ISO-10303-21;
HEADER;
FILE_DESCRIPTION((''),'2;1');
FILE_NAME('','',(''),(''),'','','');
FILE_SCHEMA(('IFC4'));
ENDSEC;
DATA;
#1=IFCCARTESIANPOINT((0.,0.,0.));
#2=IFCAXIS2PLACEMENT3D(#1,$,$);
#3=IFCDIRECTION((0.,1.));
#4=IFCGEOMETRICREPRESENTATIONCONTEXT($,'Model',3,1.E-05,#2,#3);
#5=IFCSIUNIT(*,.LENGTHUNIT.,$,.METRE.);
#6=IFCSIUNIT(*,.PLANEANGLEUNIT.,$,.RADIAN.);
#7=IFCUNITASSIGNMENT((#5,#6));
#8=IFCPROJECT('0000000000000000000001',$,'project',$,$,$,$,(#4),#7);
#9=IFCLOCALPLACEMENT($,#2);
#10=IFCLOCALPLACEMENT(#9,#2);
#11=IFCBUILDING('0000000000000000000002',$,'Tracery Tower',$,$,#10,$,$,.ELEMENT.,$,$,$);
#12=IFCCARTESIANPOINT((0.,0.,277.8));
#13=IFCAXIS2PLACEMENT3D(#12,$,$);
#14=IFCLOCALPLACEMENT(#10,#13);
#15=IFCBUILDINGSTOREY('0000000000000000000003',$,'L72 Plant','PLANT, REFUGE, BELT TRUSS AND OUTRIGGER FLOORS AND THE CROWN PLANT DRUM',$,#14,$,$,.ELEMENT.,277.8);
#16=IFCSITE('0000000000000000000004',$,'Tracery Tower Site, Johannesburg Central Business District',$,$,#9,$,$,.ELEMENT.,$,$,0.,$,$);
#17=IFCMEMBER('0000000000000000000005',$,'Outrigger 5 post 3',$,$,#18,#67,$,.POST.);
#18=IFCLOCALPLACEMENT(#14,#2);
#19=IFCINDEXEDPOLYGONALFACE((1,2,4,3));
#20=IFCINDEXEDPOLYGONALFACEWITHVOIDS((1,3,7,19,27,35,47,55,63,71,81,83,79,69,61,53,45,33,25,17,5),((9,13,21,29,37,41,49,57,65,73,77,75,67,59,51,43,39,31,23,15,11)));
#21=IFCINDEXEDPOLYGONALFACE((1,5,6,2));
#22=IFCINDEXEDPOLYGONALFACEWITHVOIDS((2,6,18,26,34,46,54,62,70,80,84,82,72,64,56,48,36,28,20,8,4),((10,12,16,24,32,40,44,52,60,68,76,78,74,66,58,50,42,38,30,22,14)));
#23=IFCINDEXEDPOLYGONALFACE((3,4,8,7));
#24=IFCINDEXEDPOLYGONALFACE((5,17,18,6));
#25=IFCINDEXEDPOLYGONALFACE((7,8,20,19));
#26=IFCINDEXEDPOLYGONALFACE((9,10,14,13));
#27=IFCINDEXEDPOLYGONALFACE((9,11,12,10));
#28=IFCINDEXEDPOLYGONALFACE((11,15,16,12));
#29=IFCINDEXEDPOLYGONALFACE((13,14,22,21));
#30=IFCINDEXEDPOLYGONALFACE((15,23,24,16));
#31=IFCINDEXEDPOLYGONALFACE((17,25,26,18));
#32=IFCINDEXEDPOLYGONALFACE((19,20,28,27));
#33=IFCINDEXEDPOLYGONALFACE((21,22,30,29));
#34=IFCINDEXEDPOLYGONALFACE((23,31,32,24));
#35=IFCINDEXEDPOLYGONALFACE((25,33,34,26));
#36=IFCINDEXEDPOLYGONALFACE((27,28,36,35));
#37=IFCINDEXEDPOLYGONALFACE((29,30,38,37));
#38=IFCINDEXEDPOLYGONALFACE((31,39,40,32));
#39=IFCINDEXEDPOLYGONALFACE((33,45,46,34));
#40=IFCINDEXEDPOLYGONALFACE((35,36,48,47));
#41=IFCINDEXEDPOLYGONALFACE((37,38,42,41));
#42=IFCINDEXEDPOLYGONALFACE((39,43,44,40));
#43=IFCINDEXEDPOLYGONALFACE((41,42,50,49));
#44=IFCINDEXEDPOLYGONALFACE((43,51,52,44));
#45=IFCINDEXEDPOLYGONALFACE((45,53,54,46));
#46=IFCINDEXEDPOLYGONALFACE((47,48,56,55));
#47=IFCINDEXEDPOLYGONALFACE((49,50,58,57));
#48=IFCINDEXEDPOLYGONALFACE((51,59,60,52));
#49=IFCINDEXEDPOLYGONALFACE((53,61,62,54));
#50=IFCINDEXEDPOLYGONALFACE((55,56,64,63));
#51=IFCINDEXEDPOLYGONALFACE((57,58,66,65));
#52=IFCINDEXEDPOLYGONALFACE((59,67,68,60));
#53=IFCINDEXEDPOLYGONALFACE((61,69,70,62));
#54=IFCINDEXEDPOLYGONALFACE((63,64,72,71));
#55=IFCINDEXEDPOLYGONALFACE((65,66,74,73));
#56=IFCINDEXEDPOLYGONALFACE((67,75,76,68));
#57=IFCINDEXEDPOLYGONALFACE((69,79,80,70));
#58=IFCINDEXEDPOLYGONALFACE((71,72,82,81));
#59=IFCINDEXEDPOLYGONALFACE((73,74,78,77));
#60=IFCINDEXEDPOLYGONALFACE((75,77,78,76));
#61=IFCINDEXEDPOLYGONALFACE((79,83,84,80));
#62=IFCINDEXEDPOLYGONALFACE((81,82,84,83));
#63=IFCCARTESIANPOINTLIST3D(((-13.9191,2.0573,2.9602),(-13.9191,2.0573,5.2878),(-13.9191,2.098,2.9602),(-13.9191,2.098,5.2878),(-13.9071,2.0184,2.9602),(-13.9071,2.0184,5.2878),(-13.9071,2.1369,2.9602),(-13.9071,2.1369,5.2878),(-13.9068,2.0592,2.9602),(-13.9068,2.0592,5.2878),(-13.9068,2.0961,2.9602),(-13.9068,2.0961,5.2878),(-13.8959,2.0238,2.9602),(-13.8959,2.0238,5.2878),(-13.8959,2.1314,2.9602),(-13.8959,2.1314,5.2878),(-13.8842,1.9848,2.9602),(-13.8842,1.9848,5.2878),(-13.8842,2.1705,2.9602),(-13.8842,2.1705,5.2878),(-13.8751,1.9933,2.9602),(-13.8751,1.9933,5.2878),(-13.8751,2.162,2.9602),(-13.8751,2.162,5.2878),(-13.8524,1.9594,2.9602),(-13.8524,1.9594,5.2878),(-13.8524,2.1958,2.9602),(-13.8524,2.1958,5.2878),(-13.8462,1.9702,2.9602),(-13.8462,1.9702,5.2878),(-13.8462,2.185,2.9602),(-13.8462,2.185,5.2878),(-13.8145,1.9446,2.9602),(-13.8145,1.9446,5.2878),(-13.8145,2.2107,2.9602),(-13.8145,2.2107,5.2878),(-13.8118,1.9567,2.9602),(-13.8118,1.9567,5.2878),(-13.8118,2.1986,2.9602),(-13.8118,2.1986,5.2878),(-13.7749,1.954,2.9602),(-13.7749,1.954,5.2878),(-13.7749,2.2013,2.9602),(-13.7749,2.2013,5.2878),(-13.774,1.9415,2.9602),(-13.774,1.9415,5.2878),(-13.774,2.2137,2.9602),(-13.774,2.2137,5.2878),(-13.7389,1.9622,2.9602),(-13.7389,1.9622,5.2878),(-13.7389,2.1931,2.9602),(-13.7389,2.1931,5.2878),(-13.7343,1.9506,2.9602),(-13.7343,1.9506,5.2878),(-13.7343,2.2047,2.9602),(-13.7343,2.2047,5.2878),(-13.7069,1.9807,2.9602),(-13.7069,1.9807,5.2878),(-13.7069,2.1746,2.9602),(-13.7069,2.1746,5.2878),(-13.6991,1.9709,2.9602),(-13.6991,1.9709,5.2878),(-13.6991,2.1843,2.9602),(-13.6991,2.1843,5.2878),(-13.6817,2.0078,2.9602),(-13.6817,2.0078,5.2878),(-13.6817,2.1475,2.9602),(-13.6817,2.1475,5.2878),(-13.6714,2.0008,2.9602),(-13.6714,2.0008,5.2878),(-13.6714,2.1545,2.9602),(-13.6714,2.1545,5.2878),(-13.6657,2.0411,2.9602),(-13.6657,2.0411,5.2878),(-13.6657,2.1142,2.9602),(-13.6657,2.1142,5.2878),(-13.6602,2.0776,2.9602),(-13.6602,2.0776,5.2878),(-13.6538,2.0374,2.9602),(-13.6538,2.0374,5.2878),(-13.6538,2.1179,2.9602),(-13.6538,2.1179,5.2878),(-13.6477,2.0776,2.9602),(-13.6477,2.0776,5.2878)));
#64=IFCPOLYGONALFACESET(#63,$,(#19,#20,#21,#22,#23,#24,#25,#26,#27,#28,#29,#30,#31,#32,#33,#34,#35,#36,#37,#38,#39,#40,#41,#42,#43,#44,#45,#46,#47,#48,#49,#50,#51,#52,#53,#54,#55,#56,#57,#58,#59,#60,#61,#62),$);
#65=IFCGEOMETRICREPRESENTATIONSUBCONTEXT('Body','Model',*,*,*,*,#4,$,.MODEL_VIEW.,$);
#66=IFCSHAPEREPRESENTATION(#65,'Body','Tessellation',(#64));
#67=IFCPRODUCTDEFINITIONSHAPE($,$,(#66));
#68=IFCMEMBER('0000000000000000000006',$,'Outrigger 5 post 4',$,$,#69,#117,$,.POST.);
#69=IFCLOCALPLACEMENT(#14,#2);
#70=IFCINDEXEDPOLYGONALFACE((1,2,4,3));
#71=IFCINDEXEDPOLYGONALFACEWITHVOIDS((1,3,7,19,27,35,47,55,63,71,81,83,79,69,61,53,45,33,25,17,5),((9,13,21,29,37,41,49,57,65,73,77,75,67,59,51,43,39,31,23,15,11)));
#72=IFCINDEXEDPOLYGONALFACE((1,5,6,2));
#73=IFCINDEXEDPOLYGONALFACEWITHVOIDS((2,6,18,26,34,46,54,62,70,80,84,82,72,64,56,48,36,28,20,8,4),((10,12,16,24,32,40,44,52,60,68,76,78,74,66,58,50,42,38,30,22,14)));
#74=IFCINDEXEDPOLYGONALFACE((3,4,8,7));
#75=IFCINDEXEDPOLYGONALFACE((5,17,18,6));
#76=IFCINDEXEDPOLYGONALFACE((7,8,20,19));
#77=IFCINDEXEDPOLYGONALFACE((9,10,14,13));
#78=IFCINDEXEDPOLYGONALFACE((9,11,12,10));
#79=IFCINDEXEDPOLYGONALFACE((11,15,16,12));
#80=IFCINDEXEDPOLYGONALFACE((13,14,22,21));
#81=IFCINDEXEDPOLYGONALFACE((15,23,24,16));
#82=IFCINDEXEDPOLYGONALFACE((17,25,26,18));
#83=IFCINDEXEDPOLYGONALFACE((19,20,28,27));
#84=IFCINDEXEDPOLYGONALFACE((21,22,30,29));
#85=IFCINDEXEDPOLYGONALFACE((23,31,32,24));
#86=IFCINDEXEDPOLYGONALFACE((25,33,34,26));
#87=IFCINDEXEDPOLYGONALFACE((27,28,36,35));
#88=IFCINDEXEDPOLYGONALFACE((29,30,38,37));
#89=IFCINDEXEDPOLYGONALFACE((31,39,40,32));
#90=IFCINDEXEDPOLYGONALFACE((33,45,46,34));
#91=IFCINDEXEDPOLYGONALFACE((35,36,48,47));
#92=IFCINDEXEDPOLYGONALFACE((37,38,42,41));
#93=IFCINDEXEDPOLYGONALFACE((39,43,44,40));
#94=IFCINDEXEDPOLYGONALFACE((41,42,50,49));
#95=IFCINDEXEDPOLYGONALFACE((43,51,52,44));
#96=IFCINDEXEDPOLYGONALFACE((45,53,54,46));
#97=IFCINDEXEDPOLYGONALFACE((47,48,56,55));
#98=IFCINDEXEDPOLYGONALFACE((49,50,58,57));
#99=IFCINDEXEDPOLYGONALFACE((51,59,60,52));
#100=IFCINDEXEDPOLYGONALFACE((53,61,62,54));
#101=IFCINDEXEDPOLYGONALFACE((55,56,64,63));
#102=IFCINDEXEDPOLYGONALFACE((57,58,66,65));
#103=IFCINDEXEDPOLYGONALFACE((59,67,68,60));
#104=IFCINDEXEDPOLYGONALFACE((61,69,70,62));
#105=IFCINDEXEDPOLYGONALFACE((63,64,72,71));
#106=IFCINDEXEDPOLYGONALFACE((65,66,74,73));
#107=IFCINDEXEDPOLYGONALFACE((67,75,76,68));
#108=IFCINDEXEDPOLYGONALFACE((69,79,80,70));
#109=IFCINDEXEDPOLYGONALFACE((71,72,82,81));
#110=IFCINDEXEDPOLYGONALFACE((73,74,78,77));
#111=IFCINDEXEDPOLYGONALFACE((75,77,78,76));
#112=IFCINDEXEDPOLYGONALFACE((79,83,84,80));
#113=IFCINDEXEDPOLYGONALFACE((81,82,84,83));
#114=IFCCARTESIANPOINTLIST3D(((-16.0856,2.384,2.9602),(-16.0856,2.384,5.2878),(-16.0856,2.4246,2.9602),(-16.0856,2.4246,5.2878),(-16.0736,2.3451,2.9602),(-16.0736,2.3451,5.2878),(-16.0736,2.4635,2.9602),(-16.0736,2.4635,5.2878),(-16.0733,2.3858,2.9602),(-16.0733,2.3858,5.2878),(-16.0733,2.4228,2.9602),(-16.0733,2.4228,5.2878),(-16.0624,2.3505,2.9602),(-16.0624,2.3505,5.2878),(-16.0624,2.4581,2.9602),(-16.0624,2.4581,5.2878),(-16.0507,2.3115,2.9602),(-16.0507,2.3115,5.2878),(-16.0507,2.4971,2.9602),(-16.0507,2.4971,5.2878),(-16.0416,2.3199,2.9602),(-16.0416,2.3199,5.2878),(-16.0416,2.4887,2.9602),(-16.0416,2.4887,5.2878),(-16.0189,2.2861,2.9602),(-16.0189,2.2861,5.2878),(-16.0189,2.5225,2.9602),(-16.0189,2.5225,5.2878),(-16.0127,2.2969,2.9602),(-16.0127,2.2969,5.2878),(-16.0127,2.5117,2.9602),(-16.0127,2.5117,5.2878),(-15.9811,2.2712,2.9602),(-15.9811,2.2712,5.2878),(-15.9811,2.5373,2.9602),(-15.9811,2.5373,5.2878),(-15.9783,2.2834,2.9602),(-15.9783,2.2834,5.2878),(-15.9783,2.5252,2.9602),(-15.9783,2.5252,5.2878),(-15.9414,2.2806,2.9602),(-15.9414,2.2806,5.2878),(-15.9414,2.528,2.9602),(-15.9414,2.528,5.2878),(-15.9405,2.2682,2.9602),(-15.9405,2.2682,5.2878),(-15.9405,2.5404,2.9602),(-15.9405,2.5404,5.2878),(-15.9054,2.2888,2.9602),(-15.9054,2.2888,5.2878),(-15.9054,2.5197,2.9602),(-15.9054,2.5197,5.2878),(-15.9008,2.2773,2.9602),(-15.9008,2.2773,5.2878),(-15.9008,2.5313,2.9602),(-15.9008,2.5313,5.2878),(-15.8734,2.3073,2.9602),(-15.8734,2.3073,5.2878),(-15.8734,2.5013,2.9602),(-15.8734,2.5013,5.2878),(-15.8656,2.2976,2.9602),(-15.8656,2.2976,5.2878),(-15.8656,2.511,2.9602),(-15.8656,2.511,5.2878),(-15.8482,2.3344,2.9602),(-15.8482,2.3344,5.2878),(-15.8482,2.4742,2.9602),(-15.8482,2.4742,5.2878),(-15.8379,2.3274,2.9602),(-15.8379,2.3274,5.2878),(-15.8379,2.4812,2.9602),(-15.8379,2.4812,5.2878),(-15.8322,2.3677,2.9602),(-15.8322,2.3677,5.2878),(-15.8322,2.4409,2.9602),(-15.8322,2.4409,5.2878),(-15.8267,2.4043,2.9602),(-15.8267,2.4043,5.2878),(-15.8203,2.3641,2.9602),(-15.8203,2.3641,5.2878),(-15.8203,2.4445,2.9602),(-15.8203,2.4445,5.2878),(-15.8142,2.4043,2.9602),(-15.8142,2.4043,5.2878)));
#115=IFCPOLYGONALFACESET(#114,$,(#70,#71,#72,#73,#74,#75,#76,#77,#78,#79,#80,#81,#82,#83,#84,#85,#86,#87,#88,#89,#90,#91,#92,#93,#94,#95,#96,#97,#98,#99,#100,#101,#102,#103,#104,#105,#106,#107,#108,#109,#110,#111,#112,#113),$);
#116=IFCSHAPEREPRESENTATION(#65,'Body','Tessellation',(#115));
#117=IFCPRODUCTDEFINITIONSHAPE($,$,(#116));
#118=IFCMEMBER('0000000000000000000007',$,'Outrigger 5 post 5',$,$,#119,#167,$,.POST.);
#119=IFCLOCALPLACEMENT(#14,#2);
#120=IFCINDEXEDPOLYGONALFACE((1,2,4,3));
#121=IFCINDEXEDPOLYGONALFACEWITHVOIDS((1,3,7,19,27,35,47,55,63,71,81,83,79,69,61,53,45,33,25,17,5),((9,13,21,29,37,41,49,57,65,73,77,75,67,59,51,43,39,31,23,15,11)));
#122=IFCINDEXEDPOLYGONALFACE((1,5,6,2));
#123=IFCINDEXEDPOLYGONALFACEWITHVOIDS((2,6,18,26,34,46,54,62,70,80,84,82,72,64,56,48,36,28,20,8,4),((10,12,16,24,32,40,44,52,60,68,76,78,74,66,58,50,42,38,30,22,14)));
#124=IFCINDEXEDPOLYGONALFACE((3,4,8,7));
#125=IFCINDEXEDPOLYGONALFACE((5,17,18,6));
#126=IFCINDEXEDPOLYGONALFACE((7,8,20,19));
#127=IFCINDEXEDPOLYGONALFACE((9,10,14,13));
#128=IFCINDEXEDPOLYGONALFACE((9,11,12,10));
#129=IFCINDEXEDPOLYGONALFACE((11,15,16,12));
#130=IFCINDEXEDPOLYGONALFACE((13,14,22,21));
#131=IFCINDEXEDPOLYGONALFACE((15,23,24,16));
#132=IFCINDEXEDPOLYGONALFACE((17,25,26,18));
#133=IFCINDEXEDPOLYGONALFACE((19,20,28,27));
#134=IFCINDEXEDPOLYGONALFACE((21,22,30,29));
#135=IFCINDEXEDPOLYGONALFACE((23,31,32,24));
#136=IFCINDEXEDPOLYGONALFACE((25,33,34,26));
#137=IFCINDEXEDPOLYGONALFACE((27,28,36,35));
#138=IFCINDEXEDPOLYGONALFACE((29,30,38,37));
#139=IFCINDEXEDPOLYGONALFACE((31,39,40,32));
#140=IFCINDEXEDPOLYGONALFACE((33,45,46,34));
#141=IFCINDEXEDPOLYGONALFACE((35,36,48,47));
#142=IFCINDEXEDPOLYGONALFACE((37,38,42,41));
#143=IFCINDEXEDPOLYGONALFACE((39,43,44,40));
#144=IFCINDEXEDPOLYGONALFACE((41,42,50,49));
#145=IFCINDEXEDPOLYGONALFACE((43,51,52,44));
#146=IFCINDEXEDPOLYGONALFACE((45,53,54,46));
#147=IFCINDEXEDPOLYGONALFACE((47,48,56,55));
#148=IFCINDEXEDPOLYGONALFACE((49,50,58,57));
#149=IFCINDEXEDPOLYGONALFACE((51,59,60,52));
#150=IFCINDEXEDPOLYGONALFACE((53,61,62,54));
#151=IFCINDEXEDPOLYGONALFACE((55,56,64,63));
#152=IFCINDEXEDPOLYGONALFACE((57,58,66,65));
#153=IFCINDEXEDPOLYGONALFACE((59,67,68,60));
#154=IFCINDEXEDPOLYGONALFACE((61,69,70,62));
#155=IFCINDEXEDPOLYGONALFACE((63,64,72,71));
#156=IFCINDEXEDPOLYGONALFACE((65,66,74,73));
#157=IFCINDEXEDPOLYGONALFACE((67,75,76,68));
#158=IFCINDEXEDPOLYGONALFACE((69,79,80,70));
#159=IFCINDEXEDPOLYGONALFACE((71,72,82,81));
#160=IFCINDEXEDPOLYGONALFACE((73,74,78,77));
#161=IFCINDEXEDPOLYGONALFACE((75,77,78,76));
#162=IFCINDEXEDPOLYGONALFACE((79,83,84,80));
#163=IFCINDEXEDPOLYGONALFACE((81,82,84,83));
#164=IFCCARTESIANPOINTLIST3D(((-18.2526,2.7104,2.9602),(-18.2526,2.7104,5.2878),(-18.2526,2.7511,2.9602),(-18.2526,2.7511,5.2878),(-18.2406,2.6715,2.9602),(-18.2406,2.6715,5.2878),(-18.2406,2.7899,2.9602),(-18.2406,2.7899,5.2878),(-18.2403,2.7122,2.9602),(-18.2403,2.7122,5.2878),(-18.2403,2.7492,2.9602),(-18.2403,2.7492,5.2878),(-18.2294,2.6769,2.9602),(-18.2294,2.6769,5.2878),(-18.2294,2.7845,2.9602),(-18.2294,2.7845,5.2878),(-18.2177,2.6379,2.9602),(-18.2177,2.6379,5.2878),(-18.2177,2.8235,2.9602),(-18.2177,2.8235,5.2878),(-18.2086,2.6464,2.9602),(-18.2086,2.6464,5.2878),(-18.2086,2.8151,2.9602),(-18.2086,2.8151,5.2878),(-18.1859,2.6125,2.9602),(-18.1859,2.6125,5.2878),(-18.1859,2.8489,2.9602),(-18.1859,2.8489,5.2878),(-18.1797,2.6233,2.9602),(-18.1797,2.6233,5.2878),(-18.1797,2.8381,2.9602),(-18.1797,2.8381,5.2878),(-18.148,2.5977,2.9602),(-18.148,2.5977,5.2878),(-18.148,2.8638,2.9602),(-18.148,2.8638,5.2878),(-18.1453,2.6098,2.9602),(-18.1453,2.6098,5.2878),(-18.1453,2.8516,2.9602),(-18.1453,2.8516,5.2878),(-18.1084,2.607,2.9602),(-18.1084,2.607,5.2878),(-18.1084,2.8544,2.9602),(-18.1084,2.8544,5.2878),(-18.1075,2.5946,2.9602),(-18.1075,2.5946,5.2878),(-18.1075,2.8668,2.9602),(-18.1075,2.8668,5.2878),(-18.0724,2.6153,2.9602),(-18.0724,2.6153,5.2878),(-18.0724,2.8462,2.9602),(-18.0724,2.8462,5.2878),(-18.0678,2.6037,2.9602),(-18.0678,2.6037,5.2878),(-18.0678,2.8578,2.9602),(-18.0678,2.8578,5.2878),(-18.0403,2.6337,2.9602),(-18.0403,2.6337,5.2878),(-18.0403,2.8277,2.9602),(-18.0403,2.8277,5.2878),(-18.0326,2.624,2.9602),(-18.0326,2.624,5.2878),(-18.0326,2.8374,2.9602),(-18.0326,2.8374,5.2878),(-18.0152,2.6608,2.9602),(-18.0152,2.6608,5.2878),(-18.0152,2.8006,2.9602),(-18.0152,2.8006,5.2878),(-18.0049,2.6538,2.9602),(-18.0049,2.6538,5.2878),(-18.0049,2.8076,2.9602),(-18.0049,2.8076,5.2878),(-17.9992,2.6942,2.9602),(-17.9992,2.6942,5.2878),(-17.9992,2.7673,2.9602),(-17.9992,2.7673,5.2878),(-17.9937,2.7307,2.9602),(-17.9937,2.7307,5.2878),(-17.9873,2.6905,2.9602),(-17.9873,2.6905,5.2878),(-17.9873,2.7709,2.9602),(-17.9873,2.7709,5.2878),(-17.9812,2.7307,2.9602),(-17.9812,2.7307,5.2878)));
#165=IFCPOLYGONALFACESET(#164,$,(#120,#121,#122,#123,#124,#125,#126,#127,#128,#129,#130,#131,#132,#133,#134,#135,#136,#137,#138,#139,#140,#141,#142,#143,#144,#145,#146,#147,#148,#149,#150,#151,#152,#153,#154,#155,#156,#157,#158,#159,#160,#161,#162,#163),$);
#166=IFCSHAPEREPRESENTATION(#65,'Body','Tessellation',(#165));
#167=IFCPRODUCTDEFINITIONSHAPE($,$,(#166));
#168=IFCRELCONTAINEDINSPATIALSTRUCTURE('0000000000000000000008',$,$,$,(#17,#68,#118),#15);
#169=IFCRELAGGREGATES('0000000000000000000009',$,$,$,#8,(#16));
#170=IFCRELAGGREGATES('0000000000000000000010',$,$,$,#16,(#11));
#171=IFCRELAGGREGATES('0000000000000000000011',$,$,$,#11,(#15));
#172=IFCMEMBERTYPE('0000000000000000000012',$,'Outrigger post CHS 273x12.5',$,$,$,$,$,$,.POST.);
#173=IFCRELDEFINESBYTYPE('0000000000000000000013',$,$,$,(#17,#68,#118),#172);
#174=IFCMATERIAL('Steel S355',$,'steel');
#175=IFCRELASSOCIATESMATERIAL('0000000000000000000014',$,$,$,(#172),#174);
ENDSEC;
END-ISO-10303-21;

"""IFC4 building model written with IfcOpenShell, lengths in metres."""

from ifc_helpers import new_model, si_unit, direction, frame, origin, origin_2d, place, context, subcontext, project, spatial, hollow_circle, extrude, material, material_profile, profile_set, type_object, element, save


model = new_model("IFC4")

# Units and contexts
model_context = context("Model", 3, precision=1e-05, world=origin(), true_north=direction((0.0, 1.0)))
body_context = subcontext(model_context, "Body", "Model", "MODEL_VIEW")
ifc_project = project(units=[si_unit("LENGTHUNIT", "METRE"), si_unit("PLANEANGLEUNIT", "RADIAN")], contexts=[model_context])

# Site, building, storey
site_placement = place(None, origin())
site = spatial("IfcSite", under=ifc_project, at=site_placement, Name="Tracery Tower Site, Johannesburg Central Business District", CompositionType="ELEMENT", RefElevation=0.0)
building_placement = place(site_placement, origin())
building = spatial("IfcBuilding", under=site, at=building_placement, Name="Tracery Tower", CompositionType="ELEMENT")
storey_placement = place(building_placement, frame((0.0, 0.0, 277.8)))
storey = spatial("IfcBuildingStorey", under=building, at=storey_placement, Name="L72 Plant", Description="PLANT, REFUGE, BELT TRUSS AND OUTRIGGER FLOORS AND THE CROWN PLANT DRUM", CompositionType="ELEMENT", Elevation=277.8)

# Members
ifc_material_1 = material(Name="Steel S355", Category="steel")
ifc_material_profile_1 = material_profile(ifc_material_1, hollow_circle(Radius=0.1365, WallThickness=0.0125, at=origin_2d()), Name="CHS 273x12.5")
ifc_profile_set_1 = profile_set([ifc_material_profile_1], Name="Steel S355")
member_type_1 = type_object("IfcMemberType", Name="Outrigger post CHS 273x12.5", PredefinedType="POST", material=ifc_profile_set_1)
for number, where, z_axis, x_axis, name in (
    (1, (-13.7842, 2.0776, 2.9602), (0.0, 0.0, 1.0), (1.0, 0.0, 0.0), "Outrigger 5 post 3"),
    (2, (-15.9507, 2.4043, 2.9602), (0.0, 0.0, 1.0), (1.0, 0.0, 0.0), "Outrigger 5 post 4"),
    (3, (-18.1177, 2.7307, 2.9602), (0.0, 0.0, 1.0), (1.0, 0.0, 0.0), "Outrigger 5 post 5"),
):
    element("IfcMember", number, at=place(storey_placement, frame(where, z_axis=z_axis, x_axis=x_axis)), inside=storey, type_object=member_type_1, Name=name, PredefinedType="POST", context=body_context, shape_type="SweptSolid", body=[
        extrude(hollow_circle(Radius=0.1365, WallThickness=0.0125, at=origin_2d()), origin(), (0.0, 0.0, 1.0), 2.3276),
    ])

save(model, "model.ifc")
